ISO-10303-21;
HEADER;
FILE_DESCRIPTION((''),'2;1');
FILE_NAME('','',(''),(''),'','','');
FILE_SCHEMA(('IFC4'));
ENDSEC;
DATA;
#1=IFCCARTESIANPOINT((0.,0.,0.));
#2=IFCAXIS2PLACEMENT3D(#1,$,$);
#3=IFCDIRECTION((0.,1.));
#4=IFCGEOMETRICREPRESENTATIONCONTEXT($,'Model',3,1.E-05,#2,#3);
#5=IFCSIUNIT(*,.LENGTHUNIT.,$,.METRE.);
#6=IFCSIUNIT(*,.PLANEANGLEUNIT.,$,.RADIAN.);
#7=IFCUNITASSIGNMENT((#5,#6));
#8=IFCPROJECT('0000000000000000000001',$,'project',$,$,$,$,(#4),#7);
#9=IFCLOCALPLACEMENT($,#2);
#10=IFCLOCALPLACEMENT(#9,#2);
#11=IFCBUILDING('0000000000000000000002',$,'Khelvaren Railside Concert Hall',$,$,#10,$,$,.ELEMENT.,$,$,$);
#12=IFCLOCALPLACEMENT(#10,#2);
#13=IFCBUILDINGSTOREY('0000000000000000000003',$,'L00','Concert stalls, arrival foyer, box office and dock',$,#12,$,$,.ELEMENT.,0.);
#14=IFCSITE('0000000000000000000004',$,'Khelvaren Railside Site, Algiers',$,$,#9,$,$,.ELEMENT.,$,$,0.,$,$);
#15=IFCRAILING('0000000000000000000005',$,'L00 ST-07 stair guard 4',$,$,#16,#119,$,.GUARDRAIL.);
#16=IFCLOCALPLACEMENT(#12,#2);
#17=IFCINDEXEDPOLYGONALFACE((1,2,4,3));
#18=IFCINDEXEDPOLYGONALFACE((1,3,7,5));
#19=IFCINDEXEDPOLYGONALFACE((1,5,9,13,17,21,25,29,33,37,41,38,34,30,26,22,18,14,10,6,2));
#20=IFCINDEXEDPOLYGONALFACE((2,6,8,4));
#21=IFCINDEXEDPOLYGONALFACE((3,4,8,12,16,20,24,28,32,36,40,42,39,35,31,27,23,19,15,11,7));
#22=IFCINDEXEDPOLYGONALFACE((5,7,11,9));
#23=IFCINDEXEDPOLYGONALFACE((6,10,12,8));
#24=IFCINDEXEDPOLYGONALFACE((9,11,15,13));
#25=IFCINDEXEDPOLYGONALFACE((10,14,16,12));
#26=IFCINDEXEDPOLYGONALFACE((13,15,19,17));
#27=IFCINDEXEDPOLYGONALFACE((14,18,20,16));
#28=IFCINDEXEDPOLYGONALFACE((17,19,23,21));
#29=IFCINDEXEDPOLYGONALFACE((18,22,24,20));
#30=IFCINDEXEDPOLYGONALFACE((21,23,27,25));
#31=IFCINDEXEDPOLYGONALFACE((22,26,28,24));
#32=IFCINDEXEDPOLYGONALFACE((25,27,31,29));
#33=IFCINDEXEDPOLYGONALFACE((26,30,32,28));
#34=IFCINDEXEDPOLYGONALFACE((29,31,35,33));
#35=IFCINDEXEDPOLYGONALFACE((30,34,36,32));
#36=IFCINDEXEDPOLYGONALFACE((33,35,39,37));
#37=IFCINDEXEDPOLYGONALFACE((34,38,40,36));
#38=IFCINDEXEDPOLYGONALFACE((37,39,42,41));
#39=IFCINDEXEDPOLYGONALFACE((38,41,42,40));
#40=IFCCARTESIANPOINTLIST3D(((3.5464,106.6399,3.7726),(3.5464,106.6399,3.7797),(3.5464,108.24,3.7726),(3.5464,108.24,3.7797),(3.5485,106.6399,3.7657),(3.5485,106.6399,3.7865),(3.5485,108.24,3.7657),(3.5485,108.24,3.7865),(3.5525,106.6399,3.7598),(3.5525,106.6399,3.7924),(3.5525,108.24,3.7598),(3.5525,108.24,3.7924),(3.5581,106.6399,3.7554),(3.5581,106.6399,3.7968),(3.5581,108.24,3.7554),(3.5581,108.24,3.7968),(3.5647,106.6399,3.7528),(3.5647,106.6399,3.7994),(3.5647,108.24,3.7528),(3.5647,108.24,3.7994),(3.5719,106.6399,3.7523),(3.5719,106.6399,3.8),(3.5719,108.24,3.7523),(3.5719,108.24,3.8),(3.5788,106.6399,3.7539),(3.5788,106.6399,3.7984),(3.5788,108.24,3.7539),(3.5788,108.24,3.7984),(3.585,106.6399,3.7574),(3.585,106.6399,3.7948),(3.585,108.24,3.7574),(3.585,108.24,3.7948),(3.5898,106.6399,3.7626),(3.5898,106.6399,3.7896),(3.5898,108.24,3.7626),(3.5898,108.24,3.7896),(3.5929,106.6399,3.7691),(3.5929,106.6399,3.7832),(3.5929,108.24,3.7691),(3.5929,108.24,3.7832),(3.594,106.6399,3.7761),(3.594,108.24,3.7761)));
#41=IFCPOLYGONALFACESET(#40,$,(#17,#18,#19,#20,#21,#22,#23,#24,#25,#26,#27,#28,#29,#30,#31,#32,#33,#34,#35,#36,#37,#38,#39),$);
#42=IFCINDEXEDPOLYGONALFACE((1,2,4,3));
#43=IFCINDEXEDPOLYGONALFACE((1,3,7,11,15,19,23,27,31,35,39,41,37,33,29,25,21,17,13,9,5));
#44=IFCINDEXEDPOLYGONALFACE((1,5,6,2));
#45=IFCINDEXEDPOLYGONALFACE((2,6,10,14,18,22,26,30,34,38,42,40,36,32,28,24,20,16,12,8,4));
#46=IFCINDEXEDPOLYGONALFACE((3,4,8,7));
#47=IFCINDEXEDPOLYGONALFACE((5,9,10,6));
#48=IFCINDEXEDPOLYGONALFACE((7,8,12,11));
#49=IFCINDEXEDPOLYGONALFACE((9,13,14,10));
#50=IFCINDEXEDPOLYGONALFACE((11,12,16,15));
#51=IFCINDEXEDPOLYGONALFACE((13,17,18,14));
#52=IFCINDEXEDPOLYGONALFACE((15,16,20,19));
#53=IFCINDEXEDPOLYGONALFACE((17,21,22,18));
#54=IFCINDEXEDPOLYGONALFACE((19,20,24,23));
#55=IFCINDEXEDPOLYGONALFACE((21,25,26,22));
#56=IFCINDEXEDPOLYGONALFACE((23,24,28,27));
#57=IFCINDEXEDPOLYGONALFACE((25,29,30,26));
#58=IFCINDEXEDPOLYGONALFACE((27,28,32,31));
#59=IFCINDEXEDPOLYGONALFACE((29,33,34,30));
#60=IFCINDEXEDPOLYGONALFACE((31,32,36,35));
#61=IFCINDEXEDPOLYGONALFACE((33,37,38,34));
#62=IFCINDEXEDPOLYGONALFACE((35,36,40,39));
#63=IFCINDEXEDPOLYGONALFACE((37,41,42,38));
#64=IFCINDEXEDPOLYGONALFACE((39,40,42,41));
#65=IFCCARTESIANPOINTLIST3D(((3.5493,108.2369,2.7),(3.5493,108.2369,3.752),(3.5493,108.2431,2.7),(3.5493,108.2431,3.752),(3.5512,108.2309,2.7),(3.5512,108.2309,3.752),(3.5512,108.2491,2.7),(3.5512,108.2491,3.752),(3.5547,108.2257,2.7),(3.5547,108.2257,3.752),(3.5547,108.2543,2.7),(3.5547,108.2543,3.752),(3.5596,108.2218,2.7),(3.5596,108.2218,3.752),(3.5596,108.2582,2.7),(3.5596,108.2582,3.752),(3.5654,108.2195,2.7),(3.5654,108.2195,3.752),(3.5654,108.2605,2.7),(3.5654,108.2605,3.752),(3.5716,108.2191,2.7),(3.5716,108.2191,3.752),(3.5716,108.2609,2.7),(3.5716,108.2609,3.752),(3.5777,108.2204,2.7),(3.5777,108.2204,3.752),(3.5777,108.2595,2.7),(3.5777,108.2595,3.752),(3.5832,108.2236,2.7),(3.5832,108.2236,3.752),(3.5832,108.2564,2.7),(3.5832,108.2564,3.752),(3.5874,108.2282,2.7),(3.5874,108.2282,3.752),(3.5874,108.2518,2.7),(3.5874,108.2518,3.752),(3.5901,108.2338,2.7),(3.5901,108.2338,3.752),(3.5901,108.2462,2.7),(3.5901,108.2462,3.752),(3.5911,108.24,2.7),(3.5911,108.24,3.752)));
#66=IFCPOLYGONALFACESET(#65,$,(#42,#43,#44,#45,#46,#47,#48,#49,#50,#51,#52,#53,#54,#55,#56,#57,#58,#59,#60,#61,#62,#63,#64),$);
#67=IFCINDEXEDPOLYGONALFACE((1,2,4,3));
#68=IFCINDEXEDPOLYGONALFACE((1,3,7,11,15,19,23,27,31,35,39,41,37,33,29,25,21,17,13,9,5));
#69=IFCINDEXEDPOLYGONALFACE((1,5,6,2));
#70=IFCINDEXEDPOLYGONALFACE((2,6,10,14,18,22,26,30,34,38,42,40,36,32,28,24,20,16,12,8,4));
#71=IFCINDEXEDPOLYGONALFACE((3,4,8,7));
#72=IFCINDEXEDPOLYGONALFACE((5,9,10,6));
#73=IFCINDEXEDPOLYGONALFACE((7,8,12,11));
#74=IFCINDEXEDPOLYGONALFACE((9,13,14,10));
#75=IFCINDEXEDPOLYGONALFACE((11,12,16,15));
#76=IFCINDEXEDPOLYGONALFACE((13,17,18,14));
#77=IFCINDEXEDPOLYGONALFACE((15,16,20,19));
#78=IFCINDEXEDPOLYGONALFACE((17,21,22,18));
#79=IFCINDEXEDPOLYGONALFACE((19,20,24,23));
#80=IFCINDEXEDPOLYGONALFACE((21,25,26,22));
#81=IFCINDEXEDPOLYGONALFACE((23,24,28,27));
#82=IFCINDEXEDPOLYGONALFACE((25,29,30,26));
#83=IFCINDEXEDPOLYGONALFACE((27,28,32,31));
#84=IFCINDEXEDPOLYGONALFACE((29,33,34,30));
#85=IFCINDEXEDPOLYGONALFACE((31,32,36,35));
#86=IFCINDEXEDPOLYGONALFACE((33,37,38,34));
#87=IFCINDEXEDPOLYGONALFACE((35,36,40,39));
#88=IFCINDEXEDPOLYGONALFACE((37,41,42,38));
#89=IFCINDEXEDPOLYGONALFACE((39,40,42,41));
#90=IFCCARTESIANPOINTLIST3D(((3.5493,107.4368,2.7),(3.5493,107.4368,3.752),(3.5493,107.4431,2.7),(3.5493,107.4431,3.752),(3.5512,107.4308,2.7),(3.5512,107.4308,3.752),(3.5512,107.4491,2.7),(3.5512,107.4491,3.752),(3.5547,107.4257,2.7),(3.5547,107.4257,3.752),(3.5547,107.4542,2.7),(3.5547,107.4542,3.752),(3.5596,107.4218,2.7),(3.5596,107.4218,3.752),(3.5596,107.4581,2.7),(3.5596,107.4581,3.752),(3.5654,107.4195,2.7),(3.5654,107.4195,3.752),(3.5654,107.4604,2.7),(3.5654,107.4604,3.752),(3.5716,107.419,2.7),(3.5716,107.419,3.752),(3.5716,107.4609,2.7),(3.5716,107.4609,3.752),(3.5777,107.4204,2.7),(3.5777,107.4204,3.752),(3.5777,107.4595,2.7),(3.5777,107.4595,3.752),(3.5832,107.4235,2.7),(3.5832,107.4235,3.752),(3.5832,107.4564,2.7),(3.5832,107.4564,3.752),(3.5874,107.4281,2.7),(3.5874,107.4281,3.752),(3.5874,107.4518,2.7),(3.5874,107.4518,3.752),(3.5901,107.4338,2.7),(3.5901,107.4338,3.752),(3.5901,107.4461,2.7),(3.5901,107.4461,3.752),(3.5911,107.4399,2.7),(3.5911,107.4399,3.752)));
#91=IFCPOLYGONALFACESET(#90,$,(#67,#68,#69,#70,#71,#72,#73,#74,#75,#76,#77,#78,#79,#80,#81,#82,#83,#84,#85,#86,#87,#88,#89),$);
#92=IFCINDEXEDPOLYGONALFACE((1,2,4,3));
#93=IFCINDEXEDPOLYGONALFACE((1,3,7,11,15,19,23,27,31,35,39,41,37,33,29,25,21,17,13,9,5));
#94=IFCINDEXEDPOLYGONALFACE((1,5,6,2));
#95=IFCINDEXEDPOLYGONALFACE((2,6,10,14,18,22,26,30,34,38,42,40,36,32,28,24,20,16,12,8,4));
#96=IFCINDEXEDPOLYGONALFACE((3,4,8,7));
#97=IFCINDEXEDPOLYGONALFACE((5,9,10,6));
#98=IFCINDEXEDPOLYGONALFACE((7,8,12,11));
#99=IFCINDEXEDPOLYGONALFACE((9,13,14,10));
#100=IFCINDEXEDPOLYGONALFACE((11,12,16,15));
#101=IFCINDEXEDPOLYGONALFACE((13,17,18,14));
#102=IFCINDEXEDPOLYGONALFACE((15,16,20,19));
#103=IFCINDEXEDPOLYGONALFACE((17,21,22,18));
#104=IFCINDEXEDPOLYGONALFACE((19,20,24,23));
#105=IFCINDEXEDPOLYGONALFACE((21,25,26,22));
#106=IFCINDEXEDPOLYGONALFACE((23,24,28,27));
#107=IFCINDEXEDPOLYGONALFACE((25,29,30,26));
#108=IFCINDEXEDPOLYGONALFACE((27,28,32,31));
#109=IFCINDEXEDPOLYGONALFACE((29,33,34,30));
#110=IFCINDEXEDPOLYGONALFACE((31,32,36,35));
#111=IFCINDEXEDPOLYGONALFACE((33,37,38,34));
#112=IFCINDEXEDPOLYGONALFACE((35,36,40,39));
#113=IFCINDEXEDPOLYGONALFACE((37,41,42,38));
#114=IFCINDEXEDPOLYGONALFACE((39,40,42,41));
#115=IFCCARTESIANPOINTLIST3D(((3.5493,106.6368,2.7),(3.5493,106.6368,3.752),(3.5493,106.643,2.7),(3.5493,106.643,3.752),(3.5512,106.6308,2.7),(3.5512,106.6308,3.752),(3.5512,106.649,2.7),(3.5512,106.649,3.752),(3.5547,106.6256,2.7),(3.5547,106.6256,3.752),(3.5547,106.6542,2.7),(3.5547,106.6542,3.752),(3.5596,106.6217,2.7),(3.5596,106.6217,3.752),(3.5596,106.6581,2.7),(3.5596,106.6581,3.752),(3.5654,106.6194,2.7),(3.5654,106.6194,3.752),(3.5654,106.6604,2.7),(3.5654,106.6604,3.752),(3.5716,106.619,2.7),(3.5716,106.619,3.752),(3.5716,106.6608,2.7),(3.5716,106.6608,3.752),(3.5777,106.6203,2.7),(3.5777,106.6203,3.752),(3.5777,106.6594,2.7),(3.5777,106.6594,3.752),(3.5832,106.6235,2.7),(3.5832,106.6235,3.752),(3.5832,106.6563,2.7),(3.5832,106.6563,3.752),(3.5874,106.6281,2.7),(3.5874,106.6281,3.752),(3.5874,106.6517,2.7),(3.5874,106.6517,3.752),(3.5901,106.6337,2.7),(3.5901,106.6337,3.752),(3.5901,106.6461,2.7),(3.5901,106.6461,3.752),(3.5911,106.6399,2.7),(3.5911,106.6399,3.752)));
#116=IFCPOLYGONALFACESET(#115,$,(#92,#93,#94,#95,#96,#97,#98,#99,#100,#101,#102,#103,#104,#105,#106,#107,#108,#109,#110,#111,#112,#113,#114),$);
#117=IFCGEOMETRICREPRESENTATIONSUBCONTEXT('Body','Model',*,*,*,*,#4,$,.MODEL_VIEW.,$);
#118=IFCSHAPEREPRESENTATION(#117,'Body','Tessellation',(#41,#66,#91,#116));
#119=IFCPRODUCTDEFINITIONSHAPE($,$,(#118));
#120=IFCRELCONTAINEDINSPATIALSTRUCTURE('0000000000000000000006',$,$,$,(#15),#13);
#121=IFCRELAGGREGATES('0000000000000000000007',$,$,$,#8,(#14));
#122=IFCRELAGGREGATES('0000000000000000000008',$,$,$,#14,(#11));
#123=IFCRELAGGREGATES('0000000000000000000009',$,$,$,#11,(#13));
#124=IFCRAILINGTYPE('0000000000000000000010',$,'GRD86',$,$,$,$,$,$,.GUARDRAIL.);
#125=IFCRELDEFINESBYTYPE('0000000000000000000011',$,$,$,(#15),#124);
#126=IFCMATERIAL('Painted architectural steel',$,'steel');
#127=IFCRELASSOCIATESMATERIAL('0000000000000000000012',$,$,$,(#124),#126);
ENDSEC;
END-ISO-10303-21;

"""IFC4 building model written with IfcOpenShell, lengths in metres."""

from ifc_helpers import new_model, si_unit, direction, frame, origin, origin_2d, place, context, subcontext, project, spatial, circle, extrude, material, type_object, element, save


model = new_model("IFC4")

# Units and contexts
model_context = context("Model", 3, precision=1e-05, world=origin(), true_north=direction((0.0, 1.0)))
body_context = subcontext(model_context, "Body", "Model", "MODEL_VIEW")
ifc_project = project(units=[si_unit("LENGTHUNIT", "METRE"), si_unit("PLANEANGLEUNIT", "RADIAN")], contexts=[model_context])

# Site, building, storey
site_placement = place(None, origin())
site = spatial("IfcSite", under=ifc_project, at=site_placement, Name="Khelvaren Railside Site, Algiers", CompositionType="ELEMENT", RefElevation=0.0)
building_placement = place(site_placement, origin())
building = spatial("IfcBuilding", under=site, at=building_placement, Name="Khelvaren Railside Concert Hall", CompositionType="ELEMENT")
storey_placement = place(building_placement, origin())
storey = spatial("IfcBuildingStorey", under=building, at=storey_placement, Name="L00", Description="Concert stalls, arrival foyer, box office and dock", CompositionType="ELEMENT", Elevation=0.0)

# Railing
ifc_material_1 = material(Name="Painted architectural steel", Category="steel")
railing_type_1 = type_object("IfcRailingType", Name="GRD86", PredefinedType="GUARDRAIL", material=ifc_material_1)
for number, where, name in (
    (1, (3.5701, 108.24, 2.7), "L00 ST-07 stair guard 4"),
):
    element("IfcRailing", number, at=place(storey_placement, frame(where)), inside=storey, type_object=railing_type_1, Name=name, PredefinedType="GUARDRAIL", context=body_context, shape_type="SweptSolid", body=[
        extrude(circle(Radius=0.0239, at=origin_2d()), frame((0.0, 0.0, 1.0762), z_axis=(0.0, -1.0, 0.0), x_axis=(1.0, 0.0, 0.0)), (0.0, 0.0, 1.0), 1.6001),
        extrude(circle(Radius=0.021, at=origin_2d()), origin(), (0.0, 0.0, 1.0), 1.052),
        extrude(circle(Radius=0.021, at=origin_2d()), frame((0.0, -0.8, 0.0)), (0.0, 0.0, 1.0), 1.052),
        extrude(circle(Radius=0.021, at=origin_2d()), frame((0.0, -1.6001, 0.0)), (0.0, 0.0, 1.0), 1.052),
    ])

save(model, "model.ifc")
